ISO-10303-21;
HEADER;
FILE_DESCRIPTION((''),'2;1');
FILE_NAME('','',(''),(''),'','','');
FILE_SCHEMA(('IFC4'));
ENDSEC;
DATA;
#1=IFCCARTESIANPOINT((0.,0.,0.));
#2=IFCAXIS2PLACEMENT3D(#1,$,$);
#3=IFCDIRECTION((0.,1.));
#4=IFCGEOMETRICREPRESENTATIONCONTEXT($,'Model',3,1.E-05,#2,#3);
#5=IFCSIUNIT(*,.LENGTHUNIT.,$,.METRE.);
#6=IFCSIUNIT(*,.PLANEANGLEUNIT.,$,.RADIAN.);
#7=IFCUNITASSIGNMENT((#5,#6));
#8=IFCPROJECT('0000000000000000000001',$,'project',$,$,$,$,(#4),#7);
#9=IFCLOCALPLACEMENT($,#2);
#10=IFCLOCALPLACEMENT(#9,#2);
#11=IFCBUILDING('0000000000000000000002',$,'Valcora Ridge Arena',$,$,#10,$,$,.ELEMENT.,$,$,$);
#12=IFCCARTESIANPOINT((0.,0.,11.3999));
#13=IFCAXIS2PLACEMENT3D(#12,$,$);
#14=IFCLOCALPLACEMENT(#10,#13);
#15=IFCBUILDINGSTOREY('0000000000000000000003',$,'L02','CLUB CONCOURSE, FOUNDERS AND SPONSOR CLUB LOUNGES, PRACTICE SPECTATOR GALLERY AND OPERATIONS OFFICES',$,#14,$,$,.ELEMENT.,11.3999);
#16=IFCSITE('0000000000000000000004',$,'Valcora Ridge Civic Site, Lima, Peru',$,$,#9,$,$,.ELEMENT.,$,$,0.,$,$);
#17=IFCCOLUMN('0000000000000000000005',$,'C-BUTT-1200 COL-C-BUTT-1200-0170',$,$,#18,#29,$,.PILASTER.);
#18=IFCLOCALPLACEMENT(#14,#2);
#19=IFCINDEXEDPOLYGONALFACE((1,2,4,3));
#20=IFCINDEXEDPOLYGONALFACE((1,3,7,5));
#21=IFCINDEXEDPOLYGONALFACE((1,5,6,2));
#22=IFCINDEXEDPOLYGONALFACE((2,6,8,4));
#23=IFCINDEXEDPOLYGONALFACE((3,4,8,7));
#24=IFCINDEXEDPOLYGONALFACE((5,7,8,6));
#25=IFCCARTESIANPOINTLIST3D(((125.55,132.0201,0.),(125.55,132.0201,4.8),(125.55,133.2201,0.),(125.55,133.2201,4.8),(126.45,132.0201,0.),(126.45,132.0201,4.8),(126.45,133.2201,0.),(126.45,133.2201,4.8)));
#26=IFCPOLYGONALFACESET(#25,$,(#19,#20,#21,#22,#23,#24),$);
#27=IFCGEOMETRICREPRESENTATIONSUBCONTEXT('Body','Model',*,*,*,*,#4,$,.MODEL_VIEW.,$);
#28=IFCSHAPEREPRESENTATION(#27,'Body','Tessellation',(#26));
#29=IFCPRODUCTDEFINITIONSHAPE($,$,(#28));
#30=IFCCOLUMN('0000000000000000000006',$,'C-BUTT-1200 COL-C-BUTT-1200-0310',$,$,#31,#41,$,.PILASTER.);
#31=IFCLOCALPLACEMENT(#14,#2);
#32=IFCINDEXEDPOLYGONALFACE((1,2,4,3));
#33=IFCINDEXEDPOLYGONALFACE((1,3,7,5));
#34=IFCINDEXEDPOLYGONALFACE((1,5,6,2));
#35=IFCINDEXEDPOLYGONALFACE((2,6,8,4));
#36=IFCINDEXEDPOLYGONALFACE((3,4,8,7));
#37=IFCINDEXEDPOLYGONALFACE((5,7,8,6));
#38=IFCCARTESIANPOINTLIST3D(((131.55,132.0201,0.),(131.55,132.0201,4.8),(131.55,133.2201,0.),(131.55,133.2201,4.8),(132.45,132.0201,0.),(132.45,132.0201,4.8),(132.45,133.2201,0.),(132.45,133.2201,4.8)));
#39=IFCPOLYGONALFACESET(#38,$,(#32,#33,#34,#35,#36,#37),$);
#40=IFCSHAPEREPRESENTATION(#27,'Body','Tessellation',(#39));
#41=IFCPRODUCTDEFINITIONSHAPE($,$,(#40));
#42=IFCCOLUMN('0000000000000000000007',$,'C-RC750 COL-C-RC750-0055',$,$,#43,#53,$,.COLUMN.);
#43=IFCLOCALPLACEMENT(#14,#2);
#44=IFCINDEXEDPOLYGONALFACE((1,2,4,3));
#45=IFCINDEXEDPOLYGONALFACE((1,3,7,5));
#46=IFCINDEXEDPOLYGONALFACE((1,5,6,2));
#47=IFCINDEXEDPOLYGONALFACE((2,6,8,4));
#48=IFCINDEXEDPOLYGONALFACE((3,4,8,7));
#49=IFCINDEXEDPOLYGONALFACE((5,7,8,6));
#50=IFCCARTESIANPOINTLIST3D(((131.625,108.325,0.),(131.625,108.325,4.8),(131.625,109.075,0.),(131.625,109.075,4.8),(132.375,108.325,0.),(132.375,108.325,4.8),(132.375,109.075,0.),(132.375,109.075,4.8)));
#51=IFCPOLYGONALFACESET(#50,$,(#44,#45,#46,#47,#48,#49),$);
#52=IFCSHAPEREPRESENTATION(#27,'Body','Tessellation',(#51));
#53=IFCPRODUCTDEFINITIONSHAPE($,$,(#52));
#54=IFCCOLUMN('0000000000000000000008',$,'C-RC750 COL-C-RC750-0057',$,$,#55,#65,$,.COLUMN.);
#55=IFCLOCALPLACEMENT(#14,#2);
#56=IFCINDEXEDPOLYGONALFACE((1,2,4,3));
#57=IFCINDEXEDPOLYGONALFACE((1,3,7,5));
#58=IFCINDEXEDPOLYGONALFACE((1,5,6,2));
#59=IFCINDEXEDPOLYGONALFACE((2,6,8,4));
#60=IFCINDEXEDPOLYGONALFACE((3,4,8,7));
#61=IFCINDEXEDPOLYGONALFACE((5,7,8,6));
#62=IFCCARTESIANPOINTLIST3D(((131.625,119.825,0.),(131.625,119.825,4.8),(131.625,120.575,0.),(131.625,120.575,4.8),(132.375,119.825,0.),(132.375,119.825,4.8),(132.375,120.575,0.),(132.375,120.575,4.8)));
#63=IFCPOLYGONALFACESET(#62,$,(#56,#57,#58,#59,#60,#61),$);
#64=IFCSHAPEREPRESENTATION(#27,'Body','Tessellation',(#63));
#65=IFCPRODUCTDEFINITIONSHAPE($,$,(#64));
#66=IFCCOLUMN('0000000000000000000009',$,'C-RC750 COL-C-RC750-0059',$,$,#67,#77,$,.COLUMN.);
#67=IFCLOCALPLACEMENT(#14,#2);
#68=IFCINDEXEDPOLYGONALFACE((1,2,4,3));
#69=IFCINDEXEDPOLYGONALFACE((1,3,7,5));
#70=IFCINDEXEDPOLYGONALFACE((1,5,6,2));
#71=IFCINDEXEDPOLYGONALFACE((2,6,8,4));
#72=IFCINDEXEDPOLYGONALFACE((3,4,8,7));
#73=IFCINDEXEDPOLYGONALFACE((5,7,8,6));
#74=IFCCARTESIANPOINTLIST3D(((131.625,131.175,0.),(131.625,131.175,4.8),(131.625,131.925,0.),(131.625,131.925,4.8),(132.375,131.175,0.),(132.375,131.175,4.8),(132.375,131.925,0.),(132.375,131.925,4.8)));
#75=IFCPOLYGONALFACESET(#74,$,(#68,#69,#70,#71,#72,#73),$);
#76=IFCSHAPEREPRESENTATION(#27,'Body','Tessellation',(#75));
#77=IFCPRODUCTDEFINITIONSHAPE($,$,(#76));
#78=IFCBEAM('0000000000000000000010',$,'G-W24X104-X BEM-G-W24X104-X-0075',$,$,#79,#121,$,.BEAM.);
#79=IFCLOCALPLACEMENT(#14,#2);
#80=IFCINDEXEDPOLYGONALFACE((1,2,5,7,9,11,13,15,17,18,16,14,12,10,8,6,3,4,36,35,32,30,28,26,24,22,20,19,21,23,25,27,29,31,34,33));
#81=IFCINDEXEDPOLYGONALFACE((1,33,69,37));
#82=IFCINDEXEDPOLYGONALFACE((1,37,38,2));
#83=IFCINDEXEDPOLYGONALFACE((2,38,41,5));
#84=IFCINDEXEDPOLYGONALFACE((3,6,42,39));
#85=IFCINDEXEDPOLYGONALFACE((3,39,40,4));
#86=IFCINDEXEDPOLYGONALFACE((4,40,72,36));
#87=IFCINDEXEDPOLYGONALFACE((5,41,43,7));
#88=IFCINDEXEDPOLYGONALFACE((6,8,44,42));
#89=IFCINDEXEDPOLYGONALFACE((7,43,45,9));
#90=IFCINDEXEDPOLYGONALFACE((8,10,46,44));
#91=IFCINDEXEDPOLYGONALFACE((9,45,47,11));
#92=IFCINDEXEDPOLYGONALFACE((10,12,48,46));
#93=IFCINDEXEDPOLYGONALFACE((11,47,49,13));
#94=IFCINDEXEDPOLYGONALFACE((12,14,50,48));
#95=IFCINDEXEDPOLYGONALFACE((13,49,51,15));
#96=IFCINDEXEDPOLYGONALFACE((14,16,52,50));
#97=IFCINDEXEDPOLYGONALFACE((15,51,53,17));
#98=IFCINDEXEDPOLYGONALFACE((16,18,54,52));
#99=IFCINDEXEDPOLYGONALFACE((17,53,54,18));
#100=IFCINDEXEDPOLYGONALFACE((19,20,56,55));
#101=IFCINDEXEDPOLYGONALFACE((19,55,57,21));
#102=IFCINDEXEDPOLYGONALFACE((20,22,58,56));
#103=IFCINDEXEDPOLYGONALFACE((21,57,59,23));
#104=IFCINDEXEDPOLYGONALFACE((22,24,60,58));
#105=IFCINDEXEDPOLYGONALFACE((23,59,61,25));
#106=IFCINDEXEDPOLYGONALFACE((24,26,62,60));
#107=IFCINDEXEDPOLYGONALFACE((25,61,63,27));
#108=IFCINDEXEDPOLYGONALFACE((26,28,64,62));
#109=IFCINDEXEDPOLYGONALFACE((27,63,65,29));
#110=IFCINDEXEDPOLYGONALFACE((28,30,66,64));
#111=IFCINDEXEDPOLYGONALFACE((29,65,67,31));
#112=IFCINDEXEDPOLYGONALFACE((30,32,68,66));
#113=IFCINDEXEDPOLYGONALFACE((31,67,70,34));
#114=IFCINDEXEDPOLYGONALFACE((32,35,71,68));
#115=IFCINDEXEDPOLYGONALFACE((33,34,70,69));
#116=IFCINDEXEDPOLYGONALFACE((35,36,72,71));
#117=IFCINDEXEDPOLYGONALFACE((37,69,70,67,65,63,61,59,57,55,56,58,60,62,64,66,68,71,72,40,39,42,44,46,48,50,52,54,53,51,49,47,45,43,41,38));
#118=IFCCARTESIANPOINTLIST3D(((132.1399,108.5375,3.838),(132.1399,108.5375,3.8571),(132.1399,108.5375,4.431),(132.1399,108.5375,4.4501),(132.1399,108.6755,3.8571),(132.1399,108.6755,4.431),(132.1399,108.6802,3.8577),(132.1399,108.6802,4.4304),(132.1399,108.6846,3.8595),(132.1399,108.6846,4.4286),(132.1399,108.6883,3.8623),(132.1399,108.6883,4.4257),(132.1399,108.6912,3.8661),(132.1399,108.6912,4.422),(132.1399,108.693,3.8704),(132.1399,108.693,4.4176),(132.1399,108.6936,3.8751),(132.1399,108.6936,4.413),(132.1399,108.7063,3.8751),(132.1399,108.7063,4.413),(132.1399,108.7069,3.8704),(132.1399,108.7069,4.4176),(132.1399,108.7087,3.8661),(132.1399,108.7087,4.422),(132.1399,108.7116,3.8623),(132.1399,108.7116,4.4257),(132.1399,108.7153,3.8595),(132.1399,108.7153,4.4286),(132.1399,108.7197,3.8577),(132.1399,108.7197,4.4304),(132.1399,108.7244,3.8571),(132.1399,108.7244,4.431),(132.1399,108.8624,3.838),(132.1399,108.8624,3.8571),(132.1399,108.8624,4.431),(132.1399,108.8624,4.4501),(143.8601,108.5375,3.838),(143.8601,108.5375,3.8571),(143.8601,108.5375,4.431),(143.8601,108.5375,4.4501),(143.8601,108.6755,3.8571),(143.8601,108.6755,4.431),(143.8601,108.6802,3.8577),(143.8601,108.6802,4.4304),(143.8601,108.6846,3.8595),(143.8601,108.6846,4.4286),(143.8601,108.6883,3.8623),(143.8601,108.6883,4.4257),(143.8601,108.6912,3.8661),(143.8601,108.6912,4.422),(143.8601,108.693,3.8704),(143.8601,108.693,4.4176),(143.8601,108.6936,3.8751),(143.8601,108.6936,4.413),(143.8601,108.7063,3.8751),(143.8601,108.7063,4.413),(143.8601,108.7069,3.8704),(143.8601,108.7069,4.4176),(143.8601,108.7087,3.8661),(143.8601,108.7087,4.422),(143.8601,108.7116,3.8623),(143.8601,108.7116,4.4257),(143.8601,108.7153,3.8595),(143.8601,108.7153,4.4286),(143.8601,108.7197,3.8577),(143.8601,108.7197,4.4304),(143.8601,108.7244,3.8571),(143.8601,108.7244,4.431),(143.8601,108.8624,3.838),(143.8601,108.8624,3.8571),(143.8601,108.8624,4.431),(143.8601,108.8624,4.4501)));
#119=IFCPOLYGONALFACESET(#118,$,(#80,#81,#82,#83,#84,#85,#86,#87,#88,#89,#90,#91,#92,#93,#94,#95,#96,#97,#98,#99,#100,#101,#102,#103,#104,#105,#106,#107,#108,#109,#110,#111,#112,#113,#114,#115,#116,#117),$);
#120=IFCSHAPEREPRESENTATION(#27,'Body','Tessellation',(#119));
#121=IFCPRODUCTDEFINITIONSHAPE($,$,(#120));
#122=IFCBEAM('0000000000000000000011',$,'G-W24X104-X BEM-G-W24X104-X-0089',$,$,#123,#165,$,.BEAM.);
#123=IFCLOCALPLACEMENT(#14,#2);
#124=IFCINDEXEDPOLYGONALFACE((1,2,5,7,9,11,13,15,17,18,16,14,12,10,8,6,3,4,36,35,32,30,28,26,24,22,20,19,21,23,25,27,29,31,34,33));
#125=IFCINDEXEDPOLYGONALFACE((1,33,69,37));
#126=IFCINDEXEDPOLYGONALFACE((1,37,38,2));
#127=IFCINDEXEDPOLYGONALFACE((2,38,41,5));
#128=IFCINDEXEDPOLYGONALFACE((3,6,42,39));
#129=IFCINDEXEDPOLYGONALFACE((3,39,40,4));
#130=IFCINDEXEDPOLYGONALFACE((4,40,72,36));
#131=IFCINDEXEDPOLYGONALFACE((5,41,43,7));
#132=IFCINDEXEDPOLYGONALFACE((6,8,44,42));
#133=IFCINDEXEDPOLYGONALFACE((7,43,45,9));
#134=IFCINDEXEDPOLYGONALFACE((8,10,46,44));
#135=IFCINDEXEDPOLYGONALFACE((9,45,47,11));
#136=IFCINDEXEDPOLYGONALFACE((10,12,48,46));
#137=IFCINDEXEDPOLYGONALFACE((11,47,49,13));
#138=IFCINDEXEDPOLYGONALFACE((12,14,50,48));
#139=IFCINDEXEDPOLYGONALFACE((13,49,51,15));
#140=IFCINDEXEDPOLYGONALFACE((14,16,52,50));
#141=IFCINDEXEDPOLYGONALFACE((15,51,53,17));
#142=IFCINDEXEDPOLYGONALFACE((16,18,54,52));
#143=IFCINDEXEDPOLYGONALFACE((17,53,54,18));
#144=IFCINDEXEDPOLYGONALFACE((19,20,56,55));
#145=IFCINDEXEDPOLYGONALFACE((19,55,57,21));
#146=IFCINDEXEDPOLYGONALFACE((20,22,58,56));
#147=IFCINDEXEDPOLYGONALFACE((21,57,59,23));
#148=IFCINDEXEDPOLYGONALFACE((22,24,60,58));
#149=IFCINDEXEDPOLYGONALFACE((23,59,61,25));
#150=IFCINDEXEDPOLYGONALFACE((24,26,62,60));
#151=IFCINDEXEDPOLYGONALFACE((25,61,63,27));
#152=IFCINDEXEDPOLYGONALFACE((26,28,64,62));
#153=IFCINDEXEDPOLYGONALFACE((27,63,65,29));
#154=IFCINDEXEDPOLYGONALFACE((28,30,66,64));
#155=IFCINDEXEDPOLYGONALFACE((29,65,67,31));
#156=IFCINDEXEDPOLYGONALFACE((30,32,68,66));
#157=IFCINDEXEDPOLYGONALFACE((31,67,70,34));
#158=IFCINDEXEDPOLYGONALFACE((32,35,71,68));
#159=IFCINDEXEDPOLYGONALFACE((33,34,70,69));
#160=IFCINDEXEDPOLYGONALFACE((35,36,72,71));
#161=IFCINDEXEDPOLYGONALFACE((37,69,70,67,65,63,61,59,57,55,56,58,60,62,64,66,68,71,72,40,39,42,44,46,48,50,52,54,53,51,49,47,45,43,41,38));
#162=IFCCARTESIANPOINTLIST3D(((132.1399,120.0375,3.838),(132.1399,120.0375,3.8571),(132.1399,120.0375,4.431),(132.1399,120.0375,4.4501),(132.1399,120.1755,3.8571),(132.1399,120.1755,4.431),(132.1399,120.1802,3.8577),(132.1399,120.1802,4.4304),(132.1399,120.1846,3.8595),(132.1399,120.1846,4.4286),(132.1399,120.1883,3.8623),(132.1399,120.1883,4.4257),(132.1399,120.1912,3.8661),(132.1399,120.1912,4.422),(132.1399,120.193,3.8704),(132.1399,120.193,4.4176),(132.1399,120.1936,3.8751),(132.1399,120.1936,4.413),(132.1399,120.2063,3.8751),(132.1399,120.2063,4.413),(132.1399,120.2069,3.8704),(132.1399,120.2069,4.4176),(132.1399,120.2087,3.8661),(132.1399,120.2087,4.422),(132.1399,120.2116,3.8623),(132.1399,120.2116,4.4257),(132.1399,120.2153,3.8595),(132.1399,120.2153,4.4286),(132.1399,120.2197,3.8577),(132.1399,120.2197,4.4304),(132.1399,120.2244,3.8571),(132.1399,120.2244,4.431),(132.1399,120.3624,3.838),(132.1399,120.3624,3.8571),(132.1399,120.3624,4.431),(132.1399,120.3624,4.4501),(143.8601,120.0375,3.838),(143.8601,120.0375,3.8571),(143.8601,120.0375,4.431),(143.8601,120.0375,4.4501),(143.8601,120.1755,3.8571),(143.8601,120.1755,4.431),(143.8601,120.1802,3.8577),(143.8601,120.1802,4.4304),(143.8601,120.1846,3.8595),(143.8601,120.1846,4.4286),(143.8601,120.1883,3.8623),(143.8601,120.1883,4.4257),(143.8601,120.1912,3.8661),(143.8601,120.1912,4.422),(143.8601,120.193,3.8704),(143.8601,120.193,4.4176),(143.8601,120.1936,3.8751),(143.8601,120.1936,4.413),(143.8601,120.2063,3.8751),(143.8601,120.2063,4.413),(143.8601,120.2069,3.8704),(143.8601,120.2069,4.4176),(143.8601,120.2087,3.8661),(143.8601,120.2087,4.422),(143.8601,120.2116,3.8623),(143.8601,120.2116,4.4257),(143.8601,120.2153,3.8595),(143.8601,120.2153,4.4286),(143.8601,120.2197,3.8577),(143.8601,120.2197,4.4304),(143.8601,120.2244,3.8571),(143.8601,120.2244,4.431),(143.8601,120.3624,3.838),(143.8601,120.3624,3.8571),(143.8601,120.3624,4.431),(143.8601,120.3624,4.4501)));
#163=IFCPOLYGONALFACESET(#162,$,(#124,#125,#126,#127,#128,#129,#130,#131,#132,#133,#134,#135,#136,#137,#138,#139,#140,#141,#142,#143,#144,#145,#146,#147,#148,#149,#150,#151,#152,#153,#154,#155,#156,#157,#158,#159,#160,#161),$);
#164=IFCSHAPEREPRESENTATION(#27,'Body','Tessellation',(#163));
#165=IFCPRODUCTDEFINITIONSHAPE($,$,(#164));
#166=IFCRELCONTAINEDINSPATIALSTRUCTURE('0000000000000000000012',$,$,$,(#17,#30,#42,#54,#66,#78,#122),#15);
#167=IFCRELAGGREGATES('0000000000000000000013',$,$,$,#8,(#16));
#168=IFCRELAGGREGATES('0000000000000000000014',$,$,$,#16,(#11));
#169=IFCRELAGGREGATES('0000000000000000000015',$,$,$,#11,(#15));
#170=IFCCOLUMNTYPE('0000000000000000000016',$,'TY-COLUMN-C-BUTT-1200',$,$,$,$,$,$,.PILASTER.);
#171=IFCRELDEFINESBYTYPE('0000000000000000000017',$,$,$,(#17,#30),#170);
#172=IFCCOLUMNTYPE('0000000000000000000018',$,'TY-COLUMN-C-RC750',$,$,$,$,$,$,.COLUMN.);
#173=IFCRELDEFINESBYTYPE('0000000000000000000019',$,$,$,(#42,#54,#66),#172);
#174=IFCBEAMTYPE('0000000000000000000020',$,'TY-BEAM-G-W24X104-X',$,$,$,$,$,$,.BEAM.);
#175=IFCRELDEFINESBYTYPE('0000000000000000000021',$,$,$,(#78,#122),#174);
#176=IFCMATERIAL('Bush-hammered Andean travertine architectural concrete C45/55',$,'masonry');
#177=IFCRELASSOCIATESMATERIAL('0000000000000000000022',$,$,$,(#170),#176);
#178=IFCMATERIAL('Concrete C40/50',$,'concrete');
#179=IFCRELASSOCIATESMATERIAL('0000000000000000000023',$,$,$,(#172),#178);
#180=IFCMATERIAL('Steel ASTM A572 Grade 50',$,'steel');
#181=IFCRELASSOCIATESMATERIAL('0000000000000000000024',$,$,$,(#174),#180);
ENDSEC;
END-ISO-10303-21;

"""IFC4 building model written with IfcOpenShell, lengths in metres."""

from ifc_helpers import new_model, si_unit, direction, frame, origin, origin_2d, place, context, subcontext, project, spatial, rectangle, i_section, extrude, material, material_profile, profile_set, type_object, element, save


model = new_model("IFC4")

# Units and contexts
model_context = context("Model", 3, precision=1e-05, world=origin(), true_north=direction((0.0, 1.0)))
body_context = subcontext(model_context, "Body", "Model", "MODEL_VIEW")
ifc_project = project(units=[si_unit("LENGTHUNIT", "METRE"), si_unit("PLANEANGLEUNIT", "RADIAN")], contexts=[model_context])

# Site, building, storey
site_placement = place(None, origin())
site = spatial("IfcSite", under=ifc_project, at=site_placement, Name="Valcora Ridge Civic Site, Lima, Peru", CompositionType="ELEMENT", RefElevation=0.0)
building_placement = place(site_placement, origin())
building = spatial("IfcBuilding", under=site, at=building_placement, Name="Valcora Ridge Arena", CompositionType="ELEMENT")
storey_placement = place(building_placement, frame((0.0, 0.0, 11.3999)))
storey = spatial("IfcBuildingStorey", under=building, at=storey_placement, Name="L02", Description="CLUB CONCOURSE, FOUNDERS AND SPONSOR CLUB LOUNGES, PRACTICE SPECTATOR GALLERY AND OPERATIONS OFFICES", CompositionType="ELEMENT", Elevation=11.3999)

# Columns
ifc_material_1 = material(Name="Bush-hammered Andean travertine architectural concrete C45/55", Category="masonry")
ifc_material_profile_1 = material_profile(ifc_material_1, rectangle(XDim=0.8999, YDim=1.2, at=origin_2d()), Name="RC 900x1200")
ifc_profile_set_1 = profile_set([ifc_material_profile_1], Name="Bush-hammered Andean travertine architectural concrete C45/55")
column_type_1 = type_object("IfcColumnType", Name="TY-COLUMN-C-BUTT-1200", PredefinedType="PILASTER", material=ifc_profile_set_1)
for number, where, z_axis, x_axis, name in (
    (1, (126.0, 132.6201, 0.0), (0.0, 0.0, 1.0), (1.0, 0.0, 0.0), "C-BUTT-1200 COL-C-BUTT-1200-0170"),
    (2, (132.0, 132.6201, 0.0), (0.0, 0.0, 1.0), (1.0, 0.0, 0.0), "C-BUTT-1200 COL-C-BUTT-1200-0310"),
):
    element("IfcColumn", number, at=place(storey_placement, frame(where, z_axis=z_axis, x_axis=x_axis)), inside=storey, type_object=column_type_1, Name=name, PredefinedType="PILASTER", context=body_context, shape_type="SweptSolid", body=[
        extrude(rectangle(XDim=0.8999, YDim=1.2, at=origin_2d()), origin(), (0.0, 0.0, 1.0), 4.8),
    ])
ifc_material_2 = material(Name="Concrete C40/50", Category="concrete")
ifc_material_profile_2 = material_profile(ifc_material_2, rectangle(XDim=0.75, YDim=0.75, at=origin_2d()), Name="RC 750x750")
ifc_profile_set_2 = profile_set([ifc_material_profile_2], Name="Concrete C40/50")
column_type_2 = type_object("IfcColumnType", Name="TY-COLUMN-C-RC750", PredefinedType="COLUMN", material=ifc_profile_set_2)
for number, where, z_axis, x_axis, name in (
    (3, (132.0, 108.7, 0.0), (0.0, 0.0, 1.0), (1.0, 0.0, 0.0), "C-RC750 COL-C-RC750-0055"),
    (4, (132.0, 120.2, 0.0), (0.0, 0.0, 1.0), (1.0, 0.0, 0.0), "C-RC750 COL-C-RC750-0057"),
    (5, (132.0, 131.55, 0.0), (0.0, 0.0, 1.0), (1.0, 0.0, 0.0), "C-RC750 COL-C-RC750-0059"),
):
    element("IfcColumn", number, at=place(storey_placement, frame(where, z_axis=z_axis, x_axis=x_axis)), inside=storey, type_object=column_type_2, Name=name, PredefinedType="COLUMN", context=body_context, shape_type="SweptSolid", body=[
        extrude(rectangle(XDim=0.75, YDim=0.75, at=origin_2d()), origin(), (0.0, 0.0, 1.0), 4.8),
    ])

# Beams
ifc_material_3 = material(Name="Steel ASTM A572 Grade 50", Category="steel")
ifc_material_profile_3 = material_profile(ifc_material_3, i_section(OverallWidth=0.325, OverallDepth=0.6121, WebThickness=0.0127, FlangeThickness=0.019, FilletRadius=0.0181, at=origin_2d()), Name="W24X104")
ifc_profile_set_3 = profile_set([ifc_material_profile_3], Name="Steel ASTM A572 Grade 50")
beam_type_1 = type_object("IfcBeamType", Name="TY-BEAM-G-W24X104-X", PredefinedType="BEAM", material=ifc_profile_set_3)
for number, where, z_axis, x_axis, name in (
    (6, (132.1399, 108.7, 4.144), (1.0, 0.0, 0.0), (0.0, 1.0, 0.0), "G-W24X104-X BEM-G-W24X104-X-0075"),
    (7, (132.1399, 120.2, 4.144), (1.0, 0.0, 0.0), (0.0, 1.0, 0.0), "G-W24X104-X BEM-G-W24X104-X-0089"),
):
    element("IfcBeam", number, at=place(storey_placement, frame(where, z_axis=z_axis, x_axis=x_axis)), inside=storey, type_object=beam_type_1, Name=name, PredefinedType="BEAM", context=body_context, shape_type="SweptSolid", body=[
        extrude(i_section(OverallWidth=0.325, OverallDepth=0.6121, WebThickness=0.0127, FlangeThickness=0.019, FilletRadius=0.0181, at=origin_2d()), origin(), (0.0, 0.0, 1.0), 11.7202),
    ])

save(model, "model.ifc")
